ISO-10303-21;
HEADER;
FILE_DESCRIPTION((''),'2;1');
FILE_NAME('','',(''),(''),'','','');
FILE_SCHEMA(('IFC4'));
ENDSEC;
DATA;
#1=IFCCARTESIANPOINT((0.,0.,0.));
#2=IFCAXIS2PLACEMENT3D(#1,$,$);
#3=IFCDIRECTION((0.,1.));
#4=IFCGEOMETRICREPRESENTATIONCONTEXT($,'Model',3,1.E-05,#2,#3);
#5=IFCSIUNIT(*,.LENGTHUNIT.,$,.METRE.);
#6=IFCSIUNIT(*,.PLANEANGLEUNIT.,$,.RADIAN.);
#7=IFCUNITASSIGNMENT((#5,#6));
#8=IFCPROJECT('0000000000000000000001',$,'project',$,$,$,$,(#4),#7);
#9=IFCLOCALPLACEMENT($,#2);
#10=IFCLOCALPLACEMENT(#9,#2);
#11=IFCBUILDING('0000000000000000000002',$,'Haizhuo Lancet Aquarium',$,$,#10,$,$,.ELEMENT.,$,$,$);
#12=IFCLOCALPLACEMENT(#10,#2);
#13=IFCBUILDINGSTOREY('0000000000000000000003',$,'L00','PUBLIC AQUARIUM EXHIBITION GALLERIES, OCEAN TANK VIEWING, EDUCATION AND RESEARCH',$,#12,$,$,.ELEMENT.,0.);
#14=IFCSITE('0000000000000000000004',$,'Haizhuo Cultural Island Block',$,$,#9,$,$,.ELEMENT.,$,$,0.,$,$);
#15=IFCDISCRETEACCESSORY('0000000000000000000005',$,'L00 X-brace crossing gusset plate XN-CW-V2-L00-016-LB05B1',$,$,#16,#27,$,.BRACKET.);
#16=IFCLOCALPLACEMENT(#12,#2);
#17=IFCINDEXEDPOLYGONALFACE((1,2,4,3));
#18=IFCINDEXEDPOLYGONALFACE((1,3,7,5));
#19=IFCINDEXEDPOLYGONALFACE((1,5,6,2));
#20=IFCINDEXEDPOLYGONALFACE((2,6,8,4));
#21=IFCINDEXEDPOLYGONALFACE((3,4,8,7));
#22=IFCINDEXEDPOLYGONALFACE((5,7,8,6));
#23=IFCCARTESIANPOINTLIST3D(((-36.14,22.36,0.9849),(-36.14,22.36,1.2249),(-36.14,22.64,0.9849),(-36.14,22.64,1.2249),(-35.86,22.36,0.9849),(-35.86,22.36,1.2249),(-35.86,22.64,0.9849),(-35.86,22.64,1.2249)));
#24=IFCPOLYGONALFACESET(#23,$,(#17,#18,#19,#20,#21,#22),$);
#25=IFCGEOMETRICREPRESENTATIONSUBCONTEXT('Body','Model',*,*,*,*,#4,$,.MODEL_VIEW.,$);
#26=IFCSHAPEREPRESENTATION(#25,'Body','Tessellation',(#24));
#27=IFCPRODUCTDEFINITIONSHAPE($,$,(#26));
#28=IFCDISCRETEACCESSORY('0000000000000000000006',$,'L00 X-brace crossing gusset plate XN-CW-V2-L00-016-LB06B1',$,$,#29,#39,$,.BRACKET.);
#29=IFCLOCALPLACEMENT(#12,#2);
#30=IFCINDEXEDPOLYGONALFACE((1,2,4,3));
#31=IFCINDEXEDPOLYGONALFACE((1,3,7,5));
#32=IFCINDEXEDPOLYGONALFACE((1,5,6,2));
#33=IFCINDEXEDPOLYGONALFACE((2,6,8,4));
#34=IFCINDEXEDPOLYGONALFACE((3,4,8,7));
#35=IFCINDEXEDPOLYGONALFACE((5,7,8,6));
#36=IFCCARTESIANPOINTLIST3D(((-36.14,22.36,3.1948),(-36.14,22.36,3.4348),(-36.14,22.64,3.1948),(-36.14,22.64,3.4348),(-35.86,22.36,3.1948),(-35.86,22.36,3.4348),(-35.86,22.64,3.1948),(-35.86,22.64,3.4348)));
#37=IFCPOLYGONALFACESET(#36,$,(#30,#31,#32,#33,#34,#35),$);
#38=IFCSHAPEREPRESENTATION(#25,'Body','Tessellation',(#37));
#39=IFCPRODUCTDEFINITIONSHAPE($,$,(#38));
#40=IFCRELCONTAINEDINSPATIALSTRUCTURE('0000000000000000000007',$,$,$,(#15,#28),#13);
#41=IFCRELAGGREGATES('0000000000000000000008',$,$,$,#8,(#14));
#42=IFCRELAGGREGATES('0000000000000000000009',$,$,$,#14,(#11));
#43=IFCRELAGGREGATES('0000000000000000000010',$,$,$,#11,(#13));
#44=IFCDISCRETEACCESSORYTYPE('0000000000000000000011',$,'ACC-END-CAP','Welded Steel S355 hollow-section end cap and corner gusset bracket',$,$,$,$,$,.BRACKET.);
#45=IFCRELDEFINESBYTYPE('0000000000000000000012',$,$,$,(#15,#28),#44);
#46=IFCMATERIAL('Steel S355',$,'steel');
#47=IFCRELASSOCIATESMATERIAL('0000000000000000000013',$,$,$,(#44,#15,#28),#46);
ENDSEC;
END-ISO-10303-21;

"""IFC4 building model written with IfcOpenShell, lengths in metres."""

from ifc_helpers import new_model, si_unit, direction, frame, origin, origin_2d, place, context, subcontext, project, spatial, rectangle, extrude, material, type_object, element, save


model = new_model("IFC4")

# Units and contexts
model_context = context("Model", 3, precision=1e-05, world=origin(), true_north=direction((0.0, 1.0)))
body_context = subcontext(model_context, "Body", "Model", "MODEL_VIEW")
ifc_project = project(units=[si_unit("LENGTHUNIT", "METRE"), si_unit("PLANEANGLEUNIT", "RADIAN")], contexts=[model_context])

# Site, building, storey
site_placement = place(None, origin())
site = spatial("IfcSite", under=ifc_project, at=site_placement, Name="Haizhuo Cultural Island Block", CompositionType="ELEMENT", RefElevation=0.0)
building_placement = place(site_placement, origin())
building = spatial("IfcBuilding", under=site, at=building_placement, Name="Haizhuo Lancet Aquarium", CompositionType="ELEMENT")
storey_placement = place(building_placement, origin())
storey = spatial("IfcBuildingStorey", under=building, at=storey_placement, Name="L00", Description="PUBLIC AQUARIUM EXHIBITION GALLERIES, OCEAN TANK VIEWING, EDUCATION AND RESEARCH", CompositionType="ELEMENT", Elevation=0.0)

# Shared definitions
ifc_material_1 = material(Name="Steel S355", Category="steel")

# Discrete accessories
discrete_accessory_type = type_object("IfcDiscreteAccessoryType", Name="ACC-END-CAP", Description="Welded Steel S355 hollow-section end cap and corner gusset bracket", PredefinedType="BRACKET", material=ifc_material_1)
for number, where, z_axis, x_axis, name in (
    (1, (-36.0, 22.5, 0.9849), (0.0, 0.0, 1.0), (1.0, 0.0, 0.0), "L00 X-brace crossing gusset plate XN-CW-V2-L00-016-LB05B1"),
    (2, (-36.0, 22.5, 3.1948), (0.0, 0.0, 1.0), (1.0, 0.0, 0.0), "L00 X-brace crossing gusset plate XN-CW-V2-L00-016-LB06B1"),
):
    element("IfcDiscreteAccessory", number, at=place(storey_placement, frame(where, z_axis=z_axis, x_axis=x_axis)), inside=storey, type_object=discrete_accessory_type, material=ifc_material_1, Name=name, PredefinedType="BRACKET", context=body_context, shape_type="SweptSolid", body=[
        extrude(rectangle(XDim=0.28, YDim=0.28, at=origin_2d()), origin(), (0.0, 0.0, 1.0), 0.24),
    ])

save(model, "model.ifc")
